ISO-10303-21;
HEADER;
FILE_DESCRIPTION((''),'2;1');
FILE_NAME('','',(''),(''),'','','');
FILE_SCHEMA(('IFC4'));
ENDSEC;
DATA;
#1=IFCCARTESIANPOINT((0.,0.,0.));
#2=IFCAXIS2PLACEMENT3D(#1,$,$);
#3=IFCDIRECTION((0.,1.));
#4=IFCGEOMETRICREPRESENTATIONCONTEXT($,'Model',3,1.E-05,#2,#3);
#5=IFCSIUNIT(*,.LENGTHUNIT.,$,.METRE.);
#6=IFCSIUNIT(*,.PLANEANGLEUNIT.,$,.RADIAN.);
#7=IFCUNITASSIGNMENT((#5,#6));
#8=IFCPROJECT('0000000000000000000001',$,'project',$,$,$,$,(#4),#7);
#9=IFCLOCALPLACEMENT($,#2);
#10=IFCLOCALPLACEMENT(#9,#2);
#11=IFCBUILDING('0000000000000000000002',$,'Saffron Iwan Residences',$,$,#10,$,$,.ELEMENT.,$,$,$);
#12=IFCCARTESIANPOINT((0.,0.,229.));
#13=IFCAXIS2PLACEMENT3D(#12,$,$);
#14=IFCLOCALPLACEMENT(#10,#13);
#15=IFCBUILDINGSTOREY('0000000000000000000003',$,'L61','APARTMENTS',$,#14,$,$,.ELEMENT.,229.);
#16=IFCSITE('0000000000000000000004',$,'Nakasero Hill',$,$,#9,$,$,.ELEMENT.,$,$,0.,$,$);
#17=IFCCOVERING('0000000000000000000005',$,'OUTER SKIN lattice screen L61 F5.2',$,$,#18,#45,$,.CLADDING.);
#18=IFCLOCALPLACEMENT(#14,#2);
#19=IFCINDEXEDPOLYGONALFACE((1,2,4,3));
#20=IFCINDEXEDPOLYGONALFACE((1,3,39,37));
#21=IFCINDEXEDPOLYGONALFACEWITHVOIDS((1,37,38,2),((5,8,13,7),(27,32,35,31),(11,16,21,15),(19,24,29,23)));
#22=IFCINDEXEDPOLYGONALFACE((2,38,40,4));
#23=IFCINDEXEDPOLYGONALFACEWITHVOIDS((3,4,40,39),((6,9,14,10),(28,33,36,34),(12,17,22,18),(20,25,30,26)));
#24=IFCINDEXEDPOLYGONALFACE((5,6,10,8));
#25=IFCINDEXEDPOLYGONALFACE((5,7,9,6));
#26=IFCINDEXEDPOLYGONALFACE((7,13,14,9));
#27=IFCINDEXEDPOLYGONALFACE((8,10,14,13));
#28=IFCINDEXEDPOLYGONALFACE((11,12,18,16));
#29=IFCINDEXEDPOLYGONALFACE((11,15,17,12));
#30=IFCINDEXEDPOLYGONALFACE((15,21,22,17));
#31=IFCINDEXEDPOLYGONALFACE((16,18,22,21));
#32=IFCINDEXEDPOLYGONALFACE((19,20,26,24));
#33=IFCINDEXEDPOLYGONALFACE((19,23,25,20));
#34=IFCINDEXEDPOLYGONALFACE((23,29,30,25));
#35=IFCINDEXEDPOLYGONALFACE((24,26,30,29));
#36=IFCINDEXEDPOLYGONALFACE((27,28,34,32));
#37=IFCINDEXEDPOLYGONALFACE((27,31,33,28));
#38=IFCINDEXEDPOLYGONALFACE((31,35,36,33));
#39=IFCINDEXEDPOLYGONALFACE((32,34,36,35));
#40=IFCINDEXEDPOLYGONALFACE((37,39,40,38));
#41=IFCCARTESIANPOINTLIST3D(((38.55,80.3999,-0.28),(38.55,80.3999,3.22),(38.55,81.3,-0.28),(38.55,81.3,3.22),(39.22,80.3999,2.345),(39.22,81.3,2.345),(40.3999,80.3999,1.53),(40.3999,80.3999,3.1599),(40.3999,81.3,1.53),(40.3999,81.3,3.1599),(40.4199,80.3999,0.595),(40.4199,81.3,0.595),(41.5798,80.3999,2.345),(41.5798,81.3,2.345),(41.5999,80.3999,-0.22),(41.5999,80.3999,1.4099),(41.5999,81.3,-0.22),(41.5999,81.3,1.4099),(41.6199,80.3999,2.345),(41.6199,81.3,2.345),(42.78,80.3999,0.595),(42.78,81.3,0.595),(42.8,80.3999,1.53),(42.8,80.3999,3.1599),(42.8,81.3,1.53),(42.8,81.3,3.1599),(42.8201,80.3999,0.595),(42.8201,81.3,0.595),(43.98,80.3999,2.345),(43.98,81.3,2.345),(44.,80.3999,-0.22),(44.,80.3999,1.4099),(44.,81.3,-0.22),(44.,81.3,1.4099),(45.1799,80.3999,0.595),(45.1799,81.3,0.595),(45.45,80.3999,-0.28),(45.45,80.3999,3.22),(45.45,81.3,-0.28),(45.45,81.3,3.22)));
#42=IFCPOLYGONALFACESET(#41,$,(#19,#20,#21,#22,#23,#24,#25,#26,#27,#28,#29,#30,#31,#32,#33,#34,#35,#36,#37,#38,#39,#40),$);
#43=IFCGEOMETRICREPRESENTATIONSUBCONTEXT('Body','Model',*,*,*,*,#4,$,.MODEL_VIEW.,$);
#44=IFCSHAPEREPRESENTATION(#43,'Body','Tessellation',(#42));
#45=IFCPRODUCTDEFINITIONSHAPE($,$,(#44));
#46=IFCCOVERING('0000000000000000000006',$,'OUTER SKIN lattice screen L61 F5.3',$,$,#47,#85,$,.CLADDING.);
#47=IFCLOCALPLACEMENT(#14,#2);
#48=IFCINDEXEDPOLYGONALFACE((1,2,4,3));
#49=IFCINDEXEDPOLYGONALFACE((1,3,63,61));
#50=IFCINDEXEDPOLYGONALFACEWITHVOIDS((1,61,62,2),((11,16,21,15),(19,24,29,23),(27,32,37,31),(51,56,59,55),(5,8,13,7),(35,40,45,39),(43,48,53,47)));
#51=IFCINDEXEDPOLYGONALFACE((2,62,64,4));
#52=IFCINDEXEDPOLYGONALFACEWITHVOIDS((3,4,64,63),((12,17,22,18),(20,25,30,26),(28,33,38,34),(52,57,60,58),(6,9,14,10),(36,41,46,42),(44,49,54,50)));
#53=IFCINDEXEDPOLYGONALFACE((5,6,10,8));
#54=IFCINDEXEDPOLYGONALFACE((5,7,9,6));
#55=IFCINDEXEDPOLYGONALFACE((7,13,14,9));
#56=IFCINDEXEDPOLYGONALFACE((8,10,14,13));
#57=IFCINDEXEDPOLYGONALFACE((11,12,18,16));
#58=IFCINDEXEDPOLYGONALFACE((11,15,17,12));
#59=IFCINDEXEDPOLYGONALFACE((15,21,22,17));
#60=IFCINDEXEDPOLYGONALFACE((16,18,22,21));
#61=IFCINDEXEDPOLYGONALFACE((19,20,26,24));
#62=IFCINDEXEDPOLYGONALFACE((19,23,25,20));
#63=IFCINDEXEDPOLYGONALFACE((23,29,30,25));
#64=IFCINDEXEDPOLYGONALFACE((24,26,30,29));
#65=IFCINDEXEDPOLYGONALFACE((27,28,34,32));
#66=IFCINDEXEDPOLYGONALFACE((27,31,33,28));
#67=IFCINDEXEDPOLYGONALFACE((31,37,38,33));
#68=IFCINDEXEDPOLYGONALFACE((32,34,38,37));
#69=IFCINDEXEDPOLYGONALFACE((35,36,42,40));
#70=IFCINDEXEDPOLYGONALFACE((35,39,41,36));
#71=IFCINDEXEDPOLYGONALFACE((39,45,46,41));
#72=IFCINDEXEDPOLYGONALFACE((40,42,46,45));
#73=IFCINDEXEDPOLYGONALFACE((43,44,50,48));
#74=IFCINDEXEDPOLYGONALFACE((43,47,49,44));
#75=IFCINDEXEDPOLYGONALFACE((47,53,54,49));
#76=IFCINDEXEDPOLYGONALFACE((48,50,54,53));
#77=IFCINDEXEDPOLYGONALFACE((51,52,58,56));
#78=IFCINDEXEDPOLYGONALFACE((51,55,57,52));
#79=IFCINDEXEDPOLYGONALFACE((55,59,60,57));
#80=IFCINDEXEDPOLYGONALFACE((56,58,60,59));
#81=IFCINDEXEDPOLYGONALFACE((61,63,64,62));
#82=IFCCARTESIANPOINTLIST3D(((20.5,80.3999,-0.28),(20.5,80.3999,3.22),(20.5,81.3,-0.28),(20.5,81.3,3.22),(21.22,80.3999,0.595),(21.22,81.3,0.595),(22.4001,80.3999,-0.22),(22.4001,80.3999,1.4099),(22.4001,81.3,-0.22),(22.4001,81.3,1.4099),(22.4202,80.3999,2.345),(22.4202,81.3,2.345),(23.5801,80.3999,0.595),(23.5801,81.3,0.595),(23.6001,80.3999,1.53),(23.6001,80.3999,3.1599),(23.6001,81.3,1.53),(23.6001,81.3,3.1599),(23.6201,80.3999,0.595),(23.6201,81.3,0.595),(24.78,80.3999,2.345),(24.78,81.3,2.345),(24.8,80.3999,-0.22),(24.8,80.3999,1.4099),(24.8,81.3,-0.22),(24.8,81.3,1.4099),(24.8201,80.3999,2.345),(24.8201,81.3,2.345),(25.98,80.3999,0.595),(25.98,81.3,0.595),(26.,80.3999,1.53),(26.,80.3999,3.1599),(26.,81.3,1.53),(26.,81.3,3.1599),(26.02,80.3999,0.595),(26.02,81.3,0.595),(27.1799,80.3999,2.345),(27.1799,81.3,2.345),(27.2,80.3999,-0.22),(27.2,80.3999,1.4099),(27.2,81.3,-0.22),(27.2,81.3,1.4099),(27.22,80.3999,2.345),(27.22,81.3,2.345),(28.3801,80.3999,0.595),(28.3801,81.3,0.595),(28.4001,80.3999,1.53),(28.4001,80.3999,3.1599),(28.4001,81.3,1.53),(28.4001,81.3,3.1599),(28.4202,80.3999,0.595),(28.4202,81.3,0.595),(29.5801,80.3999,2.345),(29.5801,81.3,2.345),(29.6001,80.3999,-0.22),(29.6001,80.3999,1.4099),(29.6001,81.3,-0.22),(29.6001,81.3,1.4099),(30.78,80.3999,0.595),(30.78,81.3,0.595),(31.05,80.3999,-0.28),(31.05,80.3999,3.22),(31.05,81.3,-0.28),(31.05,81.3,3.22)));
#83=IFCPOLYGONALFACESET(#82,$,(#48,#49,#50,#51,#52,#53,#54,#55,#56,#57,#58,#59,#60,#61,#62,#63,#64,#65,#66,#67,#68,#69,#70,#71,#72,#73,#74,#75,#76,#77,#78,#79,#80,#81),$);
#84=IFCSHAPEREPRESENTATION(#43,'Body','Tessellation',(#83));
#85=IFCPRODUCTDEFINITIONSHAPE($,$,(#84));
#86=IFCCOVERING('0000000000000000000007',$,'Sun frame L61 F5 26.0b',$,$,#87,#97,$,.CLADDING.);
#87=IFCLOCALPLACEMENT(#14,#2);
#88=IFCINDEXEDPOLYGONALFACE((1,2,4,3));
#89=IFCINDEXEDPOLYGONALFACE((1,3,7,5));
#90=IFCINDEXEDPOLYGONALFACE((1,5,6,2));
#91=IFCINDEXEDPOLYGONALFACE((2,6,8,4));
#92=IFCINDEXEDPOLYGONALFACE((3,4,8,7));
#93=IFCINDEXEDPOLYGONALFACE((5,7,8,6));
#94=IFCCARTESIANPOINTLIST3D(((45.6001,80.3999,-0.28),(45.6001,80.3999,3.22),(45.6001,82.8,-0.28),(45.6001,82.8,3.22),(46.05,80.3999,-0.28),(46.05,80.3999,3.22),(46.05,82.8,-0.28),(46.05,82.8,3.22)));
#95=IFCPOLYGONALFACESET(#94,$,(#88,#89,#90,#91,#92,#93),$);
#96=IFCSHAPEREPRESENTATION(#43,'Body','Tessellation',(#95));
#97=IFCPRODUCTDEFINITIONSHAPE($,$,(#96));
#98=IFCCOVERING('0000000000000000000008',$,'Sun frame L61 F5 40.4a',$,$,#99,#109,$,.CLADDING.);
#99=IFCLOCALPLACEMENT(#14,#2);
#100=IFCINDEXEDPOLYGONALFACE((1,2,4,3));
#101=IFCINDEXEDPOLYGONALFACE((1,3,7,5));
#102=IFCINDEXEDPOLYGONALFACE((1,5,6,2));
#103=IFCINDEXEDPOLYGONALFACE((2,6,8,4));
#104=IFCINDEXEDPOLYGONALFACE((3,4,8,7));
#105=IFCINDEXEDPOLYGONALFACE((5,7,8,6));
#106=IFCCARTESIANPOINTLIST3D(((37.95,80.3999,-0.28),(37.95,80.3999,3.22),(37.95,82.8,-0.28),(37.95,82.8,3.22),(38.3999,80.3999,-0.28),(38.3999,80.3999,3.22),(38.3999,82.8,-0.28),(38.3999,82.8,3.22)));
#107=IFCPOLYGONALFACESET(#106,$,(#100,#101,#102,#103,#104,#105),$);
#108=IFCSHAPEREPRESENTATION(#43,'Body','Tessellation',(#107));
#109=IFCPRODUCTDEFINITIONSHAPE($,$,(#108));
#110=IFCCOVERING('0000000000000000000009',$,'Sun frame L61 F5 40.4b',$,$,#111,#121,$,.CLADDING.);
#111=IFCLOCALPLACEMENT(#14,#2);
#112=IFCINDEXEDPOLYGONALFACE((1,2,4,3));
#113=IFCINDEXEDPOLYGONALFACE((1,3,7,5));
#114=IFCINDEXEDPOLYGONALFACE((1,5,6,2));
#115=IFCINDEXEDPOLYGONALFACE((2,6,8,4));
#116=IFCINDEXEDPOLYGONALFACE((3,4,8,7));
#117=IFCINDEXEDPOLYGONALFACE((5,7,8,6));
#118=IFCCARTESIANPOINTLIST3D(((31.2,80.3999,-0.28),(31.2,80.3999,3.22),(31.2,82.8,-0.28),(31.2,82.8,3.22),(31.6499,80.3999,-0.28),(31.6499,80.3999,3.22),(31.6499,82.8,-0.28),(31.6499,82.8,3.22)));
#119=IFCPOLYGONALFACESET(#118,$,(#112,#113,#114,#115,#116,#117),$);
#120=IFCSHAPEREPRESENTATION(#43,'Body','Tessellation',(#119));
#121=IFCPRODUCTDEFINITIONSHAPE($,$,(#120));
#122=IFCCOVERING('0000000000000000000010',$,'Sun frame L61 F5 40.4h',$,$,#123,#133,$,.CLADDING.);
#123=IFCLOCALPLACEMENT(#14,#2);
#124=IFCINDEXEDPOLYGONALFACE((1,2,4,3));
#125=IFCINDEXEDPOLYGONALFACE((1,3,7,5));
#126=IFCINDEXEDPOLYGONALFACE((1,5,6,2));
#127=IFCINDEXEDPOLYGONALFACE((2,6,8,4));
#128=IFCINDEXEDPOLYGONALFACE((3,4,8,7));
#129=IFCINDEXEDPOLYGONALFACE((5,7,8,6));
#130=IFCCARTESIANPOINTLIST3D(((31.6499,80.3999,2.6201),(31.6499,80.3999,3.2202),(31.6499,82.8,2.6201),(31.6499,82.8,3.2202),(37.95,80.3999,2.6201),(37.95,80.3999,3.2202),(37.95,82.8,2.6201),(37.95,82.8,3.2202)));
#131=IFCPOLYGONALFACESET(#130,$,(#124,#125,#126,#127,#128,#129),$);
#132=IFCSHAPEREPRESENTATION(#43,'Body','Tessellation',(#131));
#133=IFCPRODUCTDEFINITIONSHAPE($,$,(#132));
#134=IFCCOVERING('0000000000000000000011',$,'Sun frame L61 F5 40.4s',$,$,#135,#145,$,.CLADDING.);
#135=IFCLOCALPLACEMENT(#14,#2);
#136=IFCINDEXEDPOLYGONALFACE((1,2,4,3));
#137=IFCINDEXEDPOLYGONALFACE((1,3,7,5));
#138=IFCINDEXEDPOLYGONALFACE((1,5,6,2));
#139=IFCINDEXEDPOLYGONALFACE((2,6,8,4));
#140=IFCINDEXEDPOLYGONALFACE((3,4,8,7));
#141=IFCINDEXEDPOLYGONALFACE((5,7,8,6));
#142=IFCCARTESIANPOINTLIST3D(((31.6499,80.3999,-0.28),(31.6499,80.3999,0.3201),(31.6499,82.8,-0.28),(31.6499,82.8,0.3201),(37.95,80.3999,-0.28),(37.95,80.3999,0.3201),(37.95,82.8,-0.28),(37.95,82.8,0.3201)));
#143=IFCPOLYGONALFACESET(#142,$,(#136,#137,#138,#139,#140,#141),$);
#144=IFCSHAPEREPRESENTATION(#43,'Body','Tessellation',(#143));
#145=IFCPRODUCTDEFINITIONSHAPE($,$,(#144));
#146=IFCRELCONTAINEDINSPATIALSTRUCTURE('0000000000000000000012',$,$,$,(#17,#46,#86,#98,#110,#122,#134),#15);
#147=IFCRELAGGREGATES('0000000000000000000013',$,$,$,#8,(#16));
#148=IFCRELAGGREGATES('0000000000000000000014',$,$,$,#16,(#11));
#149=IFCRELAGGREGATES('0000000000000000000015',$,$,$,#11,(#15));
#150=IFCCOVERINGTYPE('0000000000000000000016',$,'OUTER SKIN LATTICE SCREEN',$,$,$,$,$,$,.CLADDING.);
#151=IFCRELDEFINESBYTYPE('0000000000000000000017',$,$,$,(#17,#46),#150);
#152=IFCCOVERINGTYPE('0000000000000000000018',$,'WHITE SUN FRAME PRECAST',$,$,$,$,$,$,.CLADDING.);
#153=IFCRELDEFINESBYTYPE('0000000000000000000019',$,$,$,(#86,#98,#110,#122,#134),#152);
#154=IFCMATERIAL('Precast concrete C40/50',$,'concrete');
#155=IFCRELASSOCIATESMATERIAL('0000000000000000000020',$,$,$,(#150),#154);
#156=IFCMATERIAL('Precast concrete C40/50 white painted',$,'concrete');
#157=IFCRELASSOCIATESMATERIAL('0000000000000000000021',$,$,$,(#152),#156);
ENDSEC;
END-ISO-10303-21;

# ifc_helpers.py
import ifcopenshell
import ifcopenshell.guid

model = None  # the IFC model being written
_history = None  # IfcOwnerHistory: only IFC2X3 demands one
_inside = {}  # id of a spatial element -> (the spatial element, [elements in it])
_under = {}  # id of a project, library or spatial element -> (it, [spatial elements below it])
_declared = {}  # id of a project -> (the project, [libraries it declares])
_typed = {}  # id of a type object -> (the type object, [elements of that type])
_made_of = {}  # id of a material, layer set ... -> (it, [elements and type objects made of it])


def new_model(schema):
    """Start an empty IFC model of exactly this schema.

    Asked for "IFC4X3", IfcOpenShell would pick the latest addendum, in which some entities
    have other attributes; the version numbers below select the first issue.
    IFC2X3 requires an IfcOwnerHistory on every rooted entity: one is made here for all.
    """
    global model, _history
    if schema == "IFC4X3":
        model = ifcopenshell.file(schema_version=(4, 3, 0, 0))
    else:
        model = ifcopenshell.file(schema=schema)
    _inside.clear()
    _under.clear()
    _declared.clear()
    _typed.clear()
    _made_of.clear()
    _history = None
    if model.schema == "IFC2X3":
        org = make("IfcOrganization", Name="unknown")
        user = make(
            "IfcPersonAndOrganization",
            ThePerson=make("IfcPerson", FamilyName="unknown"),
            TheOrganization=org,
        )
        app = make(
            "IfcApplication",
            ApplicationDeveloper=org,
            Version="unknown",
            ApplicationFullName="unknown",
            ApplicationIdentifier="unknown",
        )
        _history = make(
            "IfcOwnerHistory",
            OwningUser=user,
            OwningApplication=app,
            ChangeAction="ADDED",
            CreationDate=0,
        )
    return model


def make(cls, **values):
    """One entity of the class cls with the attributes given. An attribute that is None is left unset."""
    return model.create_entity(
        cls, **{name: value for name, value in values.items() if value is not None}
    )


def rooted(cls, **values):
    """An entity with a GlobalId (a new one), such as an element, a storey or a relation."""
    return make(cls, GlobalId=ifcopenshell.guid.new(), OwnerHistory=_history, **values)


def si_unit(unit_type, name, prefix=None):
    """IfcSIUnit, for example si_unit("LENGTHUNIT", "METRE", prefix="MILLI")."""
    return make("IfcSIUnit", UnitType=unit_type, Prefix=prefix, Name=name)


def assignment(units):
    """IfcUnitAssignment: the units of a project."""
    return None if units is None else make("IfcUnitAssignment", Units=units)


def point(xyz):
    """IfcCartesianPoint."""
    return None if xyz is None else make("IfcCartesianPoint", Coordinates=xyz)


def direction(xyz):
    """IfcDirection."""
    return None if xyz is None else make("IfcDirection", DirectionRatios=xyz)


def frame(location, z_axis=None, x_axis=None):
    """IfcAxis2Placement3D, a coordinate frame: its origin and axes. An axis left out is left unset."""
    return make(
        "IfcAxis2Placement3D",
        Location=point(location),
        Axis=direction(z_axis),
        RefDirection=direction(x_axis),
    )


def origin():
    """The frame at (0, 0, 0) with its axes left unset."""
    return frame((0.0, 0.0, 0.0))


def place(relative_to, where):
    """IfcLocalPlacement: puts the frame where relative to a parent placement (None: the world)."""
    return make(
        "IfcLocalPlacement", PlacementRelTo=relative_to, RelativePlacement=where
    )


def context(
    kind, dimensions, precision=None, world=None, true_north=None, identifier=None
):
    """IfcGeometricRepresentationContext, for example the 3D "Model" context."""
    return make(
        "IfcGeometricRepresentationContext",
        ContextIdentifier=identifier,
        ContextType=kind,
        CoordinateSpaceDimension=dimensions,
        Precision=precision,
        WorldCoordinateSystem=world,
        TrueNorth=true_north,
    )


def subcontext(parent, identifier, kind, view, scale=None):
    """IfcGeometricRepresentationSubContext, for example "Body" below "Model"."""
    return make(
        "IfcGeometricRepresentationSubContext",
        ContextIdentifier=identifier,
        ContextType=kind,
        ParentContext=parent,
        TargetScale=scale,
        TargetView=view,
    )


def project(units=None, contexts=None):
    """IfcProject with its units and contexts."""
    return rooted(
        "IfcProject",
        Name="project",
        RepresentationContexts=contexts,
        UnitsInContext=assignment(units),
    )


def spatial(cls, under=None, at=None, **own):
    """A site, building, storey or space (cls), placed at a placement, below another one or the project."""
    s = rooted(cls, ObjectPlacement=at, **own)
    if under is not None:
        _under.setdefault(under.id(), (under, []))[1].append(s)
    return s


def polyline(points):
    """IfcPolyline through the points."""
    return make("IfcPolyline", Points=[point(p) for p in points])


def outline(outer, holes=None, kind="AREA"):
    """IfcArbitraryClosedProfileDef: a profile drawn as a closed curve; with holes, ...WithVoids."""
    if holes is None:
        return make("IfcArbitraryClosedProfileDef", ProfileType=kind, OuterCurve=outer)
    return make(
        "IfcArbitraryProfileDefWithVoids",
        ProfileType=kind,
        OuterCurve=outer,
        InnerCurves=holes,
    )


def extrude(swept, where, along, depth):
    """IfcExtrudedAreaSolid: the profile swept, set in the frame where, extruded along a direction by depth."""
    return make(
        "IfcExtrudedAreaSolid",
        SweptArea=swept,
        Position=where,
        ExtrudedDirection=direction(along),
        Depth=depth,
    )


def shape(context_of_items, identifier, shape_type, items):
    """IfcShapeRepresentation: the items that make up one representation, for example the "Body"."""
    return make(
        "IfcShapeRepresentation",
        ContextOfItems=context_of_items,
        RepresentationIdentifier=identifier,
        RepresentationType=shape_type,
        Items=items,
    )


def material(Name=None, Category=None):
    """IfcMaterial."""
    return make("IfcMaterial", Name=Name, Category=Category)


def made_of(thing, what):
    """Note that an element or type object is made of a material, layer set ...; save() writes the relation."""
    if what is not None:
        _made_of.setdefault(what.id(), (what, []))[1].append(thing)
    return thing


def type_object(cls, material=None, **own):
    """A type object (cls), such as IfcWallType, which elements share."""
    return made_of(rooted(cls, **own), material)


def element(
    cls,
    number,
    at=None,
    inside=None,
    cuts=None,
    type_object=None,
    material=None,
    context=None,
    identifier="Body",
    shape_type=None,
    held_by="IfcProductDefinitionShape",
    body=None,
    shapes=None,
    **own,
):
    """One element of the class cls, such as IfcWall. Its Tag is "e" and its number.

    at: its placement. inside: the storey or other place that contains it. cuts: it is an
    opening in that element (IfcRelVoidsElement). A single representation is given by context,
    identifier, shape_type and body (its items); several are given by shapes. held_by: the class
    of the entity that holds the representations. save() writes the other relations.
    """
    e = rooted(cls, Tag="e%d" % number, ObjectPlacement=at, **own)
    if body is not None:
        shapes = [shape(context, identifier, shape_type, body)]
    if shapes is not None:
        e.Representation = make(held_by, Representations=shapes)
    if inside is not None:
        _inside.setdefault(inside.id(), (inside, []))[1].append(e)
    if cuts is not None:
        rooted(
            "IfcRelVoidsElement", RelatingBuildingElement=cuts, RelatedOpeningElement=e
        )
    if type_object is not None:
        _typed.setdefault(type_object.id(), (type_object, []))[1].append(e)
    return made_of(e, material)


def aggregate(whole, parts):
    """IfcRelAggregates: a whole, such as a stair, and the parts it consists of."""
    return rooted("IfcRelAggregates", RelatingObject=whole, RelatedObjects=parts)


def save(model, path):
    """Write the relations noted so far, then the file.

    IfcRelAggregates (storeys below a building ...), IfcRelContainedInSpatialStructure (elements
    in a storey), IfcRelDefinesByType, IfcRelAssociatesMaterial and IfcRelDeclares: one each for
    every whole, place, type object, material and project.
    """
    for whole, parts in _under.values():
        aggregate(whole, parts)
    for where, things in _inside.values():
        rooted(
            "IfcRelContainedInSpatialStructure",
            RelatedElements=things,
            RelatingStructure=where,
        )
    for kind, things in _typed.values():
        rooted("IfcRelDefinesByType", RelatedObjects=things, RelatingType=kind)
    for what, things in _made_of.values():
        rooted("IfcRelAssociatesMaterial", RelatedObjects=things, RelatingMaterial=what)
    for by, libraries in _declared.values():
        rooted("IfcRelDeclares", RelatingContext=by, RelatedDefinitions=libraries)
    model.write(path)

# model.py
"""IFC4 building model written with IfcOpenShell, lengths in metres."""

from ifc_helpers import new_model, si_unit, direction, frame, origin, place, context, subcontext, project, spatial, polyline, outline, extrude, material, type_object, element, save


model = new_model("IFC4")

# Units and contexts
model_context = context("Model", 3, precision=1e-05, world=origin(), true_north=direction((0.0, 1.0)))
body_context = subcontext(model_context, "Body", "Model", "MODEL_VIEW")
ifc_project = project(units=[si_unit("LENGTHUNIT", "METRE"), si_unit("PLANEANGLEUNIT", "RADIAN")], contexts=[model_context])

# Site, building, storey
site_placement = place(None, origin())
site = spatial("IfcSite", under=ifc_project, at=site_placement, Name="Nakasero Hill", CompositionType="ELEMENT", RefElevation=0.0)
building_placement = place(site_placement, origin())
building = spatial("IfcBuilding", under=site, at=building_placement, Name="Saffron Iwan Residences", CompositionType="ELEMENT")
storey_placement = place(building_placement, frame((0.0, 0.0, 229.0)))
storey = spatial("IfcBuildingStorey", under=building, at=storey_placement, Name="L61", Description="APARTMENTS", CompositionType="ELEMENT", Elevation=229.0)

# Coverings
ifc_material_1 = material(Name="Precast concrete C40/50", Category="concrete")
covering_type_1 = type_object("IfcCoveringType", Name="OUTER SKIN LATTICE SCREEN", PredefinedType="CLADDING", material=ifc_material_1)
covering_1_placement = place(storey_placement, frame((45.45, 80.3999, -0.28), z_axis=(0.0, 1.0, 0.0), x_axis=(-1.0, 0.0, 0.0)))
element("IfcCovering", 1, at=covering_1_placement, inside=storey, type_object=covering_type_1, Name="OUTER SKIN lattice screen L61 F5.2", PredefinedType="CLADDING", context=body_context, shape_type="SweptSolid", body=[
    extrude(outline(polyline([(0.0, 0.0), (6.8999, 0.0), (6.8999, 3.5), (0.0, 3.5), (0.0, 0.0)]), holes=[polyline([(0.27, 0.875), (1.45, 0.0601), (2.6299, 0.875), (1.45, 1.6899), (0.27, 0.875)]), polyline([(2.6699, 0.875), (3.8501, 0.0601), (5.03, 0.875), (3.8501, 1.6899), (2.6699, 0.875)]), polyline([(1.47, 2.625), (2.6499, 1.8101), (3.8301, 2.625), (2.6499, 3.4399), (1.47, 2.625)]), polyline([(3.8701, 2.625), (5.05, 1.8101), (6.23, 2.625), (5.05, 3.4399), (3.8701, 2.625)])]), origin(), (0.0, 0.0, 1.0), 0.9001),
])
covering_2_placement = place(storey_placement, frame((31.05, 80.3999, -0.28), z_axis=(0.0, 1.0, 0.0), x_axis=(-1.0, 0.0, 0.0)))
element("IfcCovering", 2, at=covering_2_placement, inside=storey, type_object=covering_type_1, Name="OUTER SKIN lattice screen L61 F5.3", PredefinedType="CLADDING", context=body_context, shape_type="SweptSolid", body=[
    extrude(outline(polyline([(0.0, 0.0), (10.55, 0.0), (10.55, 3.5), (0.0, 3.5), (0.0, 0.0)]), holes=[polyline([(0.27, 0.875), (1.45, 0.0601), (2.6299, 0.875), (1.45, 1.6899), (0.27, 0.875)]), polyline([(2.6699, 0.875), (3.8501, 0.0601), (5.03, 0.875), (3.8501, 1.6899), (2.6699, 0.875)]), polyline([(5.0701, 0.875), (6.25, 0.0601), (7.4299, 0.875), (6.25, 1.6899), (5.0701, 0.875)]), polyline([(7.47, 0.875), (8.6499, 0.0601), (9.8301, 0.875), (8.6499, 1.6899), (7.47, 0.875)]), polyline([(1.47, 2.625), (2.6499, 1.8101), (3.8301, 2.625), (2.6499, 3.4399), (1.47, 2.625)]), polyline([(3.8701, 2.625), (5.05, 1.8101), (6.23, 2.625), (5.05, 3.4399), (3.8701, 2.625)]), polyline([(6.27, 2.625), (7.45, 1.8101), (8.6299, 2.625), (7.45, 3.4399), (6.27, 2.625)])]), origin(), (0.0, 0.0, 1.0), 0.9001),
])
ifc_material_2 = material(Name="Precast concrete C40/50 white painted", Category="concrete")
covering_type_2 = type_object("IfcCoveringType", Name="WHITE SUN FRAME PRECAST", PredefinedType="CLADDING", material=ifc_material_2)
for number, where, z_axis, x_axis, name in (
    (3, (46.05, 80.3999, -0.28), (0.0, 1.0, 0.0), (-1.0, 0.0, 0.0), "Sun frame L61 F5 26.0b"),
    (4, (38.3999, 80.3999, -0.28), (0.0, 1.0, 0.0), (-1.0, 0.0, 0.0), "Sun frame L61 F5 40.4a"),
    (5, (31.6499, 80.3999, -0.28), (0.0, 1.0, 0.0), (-1.0, 0.0, 0.0), "Sun frame L61 F5 40.4b"),
):
    element("IfcCovering", number, at=place(storey_placement, frame(where, z_axis=z_axis, x_axis=x_axis)), inside=storey, type_object=covering_type_2, Name=name, PredefinedType="CLADDING", context=body_context, shape_type="SweptSolid", body=[
        extrude(outline(polyline([(0.0, 0.0), (0.45, 0.0), (0.45, 3.5), (0.0, 3.5), (0.0, 0.0)])), origin(), (0.0, 0.0, 1.0), 2.4001),
    ])
for number, where, z_axis, x_axis, name in (
    (6, (37.95, 80.3999, 2.6201), (0.0, 1.0, 0.0), (-1.0, 0.0, 0.0), "Sun frame L61 F5 40.4h"),
    (7, (37.95, 80.3999, -0.28), (0.0, 1.0, 0.0), (-1.0, 0.0, 0.0), "Sun frame L61 F5 40.4s"),
):
    element("IfcCovering", number, at=place(storey_placement, frame(where, z_axis=z_axis, x_axis=x_axis)), inside=storey, type_object=covering_type_2, Name=name, PredefinedType="CLADDING", context=body_context, shape_type="SweptSolid", body=[
        extrude(outline(polyline([(0.0, 0.0), (6.3, 0.0), (6.3, 0.6001), (0.0, 0.6001), (0.0, 0.0)])), origin(), (0.0, 0.0, 1.0), 2.4001),
    ])

save(model, "model.ifc")
